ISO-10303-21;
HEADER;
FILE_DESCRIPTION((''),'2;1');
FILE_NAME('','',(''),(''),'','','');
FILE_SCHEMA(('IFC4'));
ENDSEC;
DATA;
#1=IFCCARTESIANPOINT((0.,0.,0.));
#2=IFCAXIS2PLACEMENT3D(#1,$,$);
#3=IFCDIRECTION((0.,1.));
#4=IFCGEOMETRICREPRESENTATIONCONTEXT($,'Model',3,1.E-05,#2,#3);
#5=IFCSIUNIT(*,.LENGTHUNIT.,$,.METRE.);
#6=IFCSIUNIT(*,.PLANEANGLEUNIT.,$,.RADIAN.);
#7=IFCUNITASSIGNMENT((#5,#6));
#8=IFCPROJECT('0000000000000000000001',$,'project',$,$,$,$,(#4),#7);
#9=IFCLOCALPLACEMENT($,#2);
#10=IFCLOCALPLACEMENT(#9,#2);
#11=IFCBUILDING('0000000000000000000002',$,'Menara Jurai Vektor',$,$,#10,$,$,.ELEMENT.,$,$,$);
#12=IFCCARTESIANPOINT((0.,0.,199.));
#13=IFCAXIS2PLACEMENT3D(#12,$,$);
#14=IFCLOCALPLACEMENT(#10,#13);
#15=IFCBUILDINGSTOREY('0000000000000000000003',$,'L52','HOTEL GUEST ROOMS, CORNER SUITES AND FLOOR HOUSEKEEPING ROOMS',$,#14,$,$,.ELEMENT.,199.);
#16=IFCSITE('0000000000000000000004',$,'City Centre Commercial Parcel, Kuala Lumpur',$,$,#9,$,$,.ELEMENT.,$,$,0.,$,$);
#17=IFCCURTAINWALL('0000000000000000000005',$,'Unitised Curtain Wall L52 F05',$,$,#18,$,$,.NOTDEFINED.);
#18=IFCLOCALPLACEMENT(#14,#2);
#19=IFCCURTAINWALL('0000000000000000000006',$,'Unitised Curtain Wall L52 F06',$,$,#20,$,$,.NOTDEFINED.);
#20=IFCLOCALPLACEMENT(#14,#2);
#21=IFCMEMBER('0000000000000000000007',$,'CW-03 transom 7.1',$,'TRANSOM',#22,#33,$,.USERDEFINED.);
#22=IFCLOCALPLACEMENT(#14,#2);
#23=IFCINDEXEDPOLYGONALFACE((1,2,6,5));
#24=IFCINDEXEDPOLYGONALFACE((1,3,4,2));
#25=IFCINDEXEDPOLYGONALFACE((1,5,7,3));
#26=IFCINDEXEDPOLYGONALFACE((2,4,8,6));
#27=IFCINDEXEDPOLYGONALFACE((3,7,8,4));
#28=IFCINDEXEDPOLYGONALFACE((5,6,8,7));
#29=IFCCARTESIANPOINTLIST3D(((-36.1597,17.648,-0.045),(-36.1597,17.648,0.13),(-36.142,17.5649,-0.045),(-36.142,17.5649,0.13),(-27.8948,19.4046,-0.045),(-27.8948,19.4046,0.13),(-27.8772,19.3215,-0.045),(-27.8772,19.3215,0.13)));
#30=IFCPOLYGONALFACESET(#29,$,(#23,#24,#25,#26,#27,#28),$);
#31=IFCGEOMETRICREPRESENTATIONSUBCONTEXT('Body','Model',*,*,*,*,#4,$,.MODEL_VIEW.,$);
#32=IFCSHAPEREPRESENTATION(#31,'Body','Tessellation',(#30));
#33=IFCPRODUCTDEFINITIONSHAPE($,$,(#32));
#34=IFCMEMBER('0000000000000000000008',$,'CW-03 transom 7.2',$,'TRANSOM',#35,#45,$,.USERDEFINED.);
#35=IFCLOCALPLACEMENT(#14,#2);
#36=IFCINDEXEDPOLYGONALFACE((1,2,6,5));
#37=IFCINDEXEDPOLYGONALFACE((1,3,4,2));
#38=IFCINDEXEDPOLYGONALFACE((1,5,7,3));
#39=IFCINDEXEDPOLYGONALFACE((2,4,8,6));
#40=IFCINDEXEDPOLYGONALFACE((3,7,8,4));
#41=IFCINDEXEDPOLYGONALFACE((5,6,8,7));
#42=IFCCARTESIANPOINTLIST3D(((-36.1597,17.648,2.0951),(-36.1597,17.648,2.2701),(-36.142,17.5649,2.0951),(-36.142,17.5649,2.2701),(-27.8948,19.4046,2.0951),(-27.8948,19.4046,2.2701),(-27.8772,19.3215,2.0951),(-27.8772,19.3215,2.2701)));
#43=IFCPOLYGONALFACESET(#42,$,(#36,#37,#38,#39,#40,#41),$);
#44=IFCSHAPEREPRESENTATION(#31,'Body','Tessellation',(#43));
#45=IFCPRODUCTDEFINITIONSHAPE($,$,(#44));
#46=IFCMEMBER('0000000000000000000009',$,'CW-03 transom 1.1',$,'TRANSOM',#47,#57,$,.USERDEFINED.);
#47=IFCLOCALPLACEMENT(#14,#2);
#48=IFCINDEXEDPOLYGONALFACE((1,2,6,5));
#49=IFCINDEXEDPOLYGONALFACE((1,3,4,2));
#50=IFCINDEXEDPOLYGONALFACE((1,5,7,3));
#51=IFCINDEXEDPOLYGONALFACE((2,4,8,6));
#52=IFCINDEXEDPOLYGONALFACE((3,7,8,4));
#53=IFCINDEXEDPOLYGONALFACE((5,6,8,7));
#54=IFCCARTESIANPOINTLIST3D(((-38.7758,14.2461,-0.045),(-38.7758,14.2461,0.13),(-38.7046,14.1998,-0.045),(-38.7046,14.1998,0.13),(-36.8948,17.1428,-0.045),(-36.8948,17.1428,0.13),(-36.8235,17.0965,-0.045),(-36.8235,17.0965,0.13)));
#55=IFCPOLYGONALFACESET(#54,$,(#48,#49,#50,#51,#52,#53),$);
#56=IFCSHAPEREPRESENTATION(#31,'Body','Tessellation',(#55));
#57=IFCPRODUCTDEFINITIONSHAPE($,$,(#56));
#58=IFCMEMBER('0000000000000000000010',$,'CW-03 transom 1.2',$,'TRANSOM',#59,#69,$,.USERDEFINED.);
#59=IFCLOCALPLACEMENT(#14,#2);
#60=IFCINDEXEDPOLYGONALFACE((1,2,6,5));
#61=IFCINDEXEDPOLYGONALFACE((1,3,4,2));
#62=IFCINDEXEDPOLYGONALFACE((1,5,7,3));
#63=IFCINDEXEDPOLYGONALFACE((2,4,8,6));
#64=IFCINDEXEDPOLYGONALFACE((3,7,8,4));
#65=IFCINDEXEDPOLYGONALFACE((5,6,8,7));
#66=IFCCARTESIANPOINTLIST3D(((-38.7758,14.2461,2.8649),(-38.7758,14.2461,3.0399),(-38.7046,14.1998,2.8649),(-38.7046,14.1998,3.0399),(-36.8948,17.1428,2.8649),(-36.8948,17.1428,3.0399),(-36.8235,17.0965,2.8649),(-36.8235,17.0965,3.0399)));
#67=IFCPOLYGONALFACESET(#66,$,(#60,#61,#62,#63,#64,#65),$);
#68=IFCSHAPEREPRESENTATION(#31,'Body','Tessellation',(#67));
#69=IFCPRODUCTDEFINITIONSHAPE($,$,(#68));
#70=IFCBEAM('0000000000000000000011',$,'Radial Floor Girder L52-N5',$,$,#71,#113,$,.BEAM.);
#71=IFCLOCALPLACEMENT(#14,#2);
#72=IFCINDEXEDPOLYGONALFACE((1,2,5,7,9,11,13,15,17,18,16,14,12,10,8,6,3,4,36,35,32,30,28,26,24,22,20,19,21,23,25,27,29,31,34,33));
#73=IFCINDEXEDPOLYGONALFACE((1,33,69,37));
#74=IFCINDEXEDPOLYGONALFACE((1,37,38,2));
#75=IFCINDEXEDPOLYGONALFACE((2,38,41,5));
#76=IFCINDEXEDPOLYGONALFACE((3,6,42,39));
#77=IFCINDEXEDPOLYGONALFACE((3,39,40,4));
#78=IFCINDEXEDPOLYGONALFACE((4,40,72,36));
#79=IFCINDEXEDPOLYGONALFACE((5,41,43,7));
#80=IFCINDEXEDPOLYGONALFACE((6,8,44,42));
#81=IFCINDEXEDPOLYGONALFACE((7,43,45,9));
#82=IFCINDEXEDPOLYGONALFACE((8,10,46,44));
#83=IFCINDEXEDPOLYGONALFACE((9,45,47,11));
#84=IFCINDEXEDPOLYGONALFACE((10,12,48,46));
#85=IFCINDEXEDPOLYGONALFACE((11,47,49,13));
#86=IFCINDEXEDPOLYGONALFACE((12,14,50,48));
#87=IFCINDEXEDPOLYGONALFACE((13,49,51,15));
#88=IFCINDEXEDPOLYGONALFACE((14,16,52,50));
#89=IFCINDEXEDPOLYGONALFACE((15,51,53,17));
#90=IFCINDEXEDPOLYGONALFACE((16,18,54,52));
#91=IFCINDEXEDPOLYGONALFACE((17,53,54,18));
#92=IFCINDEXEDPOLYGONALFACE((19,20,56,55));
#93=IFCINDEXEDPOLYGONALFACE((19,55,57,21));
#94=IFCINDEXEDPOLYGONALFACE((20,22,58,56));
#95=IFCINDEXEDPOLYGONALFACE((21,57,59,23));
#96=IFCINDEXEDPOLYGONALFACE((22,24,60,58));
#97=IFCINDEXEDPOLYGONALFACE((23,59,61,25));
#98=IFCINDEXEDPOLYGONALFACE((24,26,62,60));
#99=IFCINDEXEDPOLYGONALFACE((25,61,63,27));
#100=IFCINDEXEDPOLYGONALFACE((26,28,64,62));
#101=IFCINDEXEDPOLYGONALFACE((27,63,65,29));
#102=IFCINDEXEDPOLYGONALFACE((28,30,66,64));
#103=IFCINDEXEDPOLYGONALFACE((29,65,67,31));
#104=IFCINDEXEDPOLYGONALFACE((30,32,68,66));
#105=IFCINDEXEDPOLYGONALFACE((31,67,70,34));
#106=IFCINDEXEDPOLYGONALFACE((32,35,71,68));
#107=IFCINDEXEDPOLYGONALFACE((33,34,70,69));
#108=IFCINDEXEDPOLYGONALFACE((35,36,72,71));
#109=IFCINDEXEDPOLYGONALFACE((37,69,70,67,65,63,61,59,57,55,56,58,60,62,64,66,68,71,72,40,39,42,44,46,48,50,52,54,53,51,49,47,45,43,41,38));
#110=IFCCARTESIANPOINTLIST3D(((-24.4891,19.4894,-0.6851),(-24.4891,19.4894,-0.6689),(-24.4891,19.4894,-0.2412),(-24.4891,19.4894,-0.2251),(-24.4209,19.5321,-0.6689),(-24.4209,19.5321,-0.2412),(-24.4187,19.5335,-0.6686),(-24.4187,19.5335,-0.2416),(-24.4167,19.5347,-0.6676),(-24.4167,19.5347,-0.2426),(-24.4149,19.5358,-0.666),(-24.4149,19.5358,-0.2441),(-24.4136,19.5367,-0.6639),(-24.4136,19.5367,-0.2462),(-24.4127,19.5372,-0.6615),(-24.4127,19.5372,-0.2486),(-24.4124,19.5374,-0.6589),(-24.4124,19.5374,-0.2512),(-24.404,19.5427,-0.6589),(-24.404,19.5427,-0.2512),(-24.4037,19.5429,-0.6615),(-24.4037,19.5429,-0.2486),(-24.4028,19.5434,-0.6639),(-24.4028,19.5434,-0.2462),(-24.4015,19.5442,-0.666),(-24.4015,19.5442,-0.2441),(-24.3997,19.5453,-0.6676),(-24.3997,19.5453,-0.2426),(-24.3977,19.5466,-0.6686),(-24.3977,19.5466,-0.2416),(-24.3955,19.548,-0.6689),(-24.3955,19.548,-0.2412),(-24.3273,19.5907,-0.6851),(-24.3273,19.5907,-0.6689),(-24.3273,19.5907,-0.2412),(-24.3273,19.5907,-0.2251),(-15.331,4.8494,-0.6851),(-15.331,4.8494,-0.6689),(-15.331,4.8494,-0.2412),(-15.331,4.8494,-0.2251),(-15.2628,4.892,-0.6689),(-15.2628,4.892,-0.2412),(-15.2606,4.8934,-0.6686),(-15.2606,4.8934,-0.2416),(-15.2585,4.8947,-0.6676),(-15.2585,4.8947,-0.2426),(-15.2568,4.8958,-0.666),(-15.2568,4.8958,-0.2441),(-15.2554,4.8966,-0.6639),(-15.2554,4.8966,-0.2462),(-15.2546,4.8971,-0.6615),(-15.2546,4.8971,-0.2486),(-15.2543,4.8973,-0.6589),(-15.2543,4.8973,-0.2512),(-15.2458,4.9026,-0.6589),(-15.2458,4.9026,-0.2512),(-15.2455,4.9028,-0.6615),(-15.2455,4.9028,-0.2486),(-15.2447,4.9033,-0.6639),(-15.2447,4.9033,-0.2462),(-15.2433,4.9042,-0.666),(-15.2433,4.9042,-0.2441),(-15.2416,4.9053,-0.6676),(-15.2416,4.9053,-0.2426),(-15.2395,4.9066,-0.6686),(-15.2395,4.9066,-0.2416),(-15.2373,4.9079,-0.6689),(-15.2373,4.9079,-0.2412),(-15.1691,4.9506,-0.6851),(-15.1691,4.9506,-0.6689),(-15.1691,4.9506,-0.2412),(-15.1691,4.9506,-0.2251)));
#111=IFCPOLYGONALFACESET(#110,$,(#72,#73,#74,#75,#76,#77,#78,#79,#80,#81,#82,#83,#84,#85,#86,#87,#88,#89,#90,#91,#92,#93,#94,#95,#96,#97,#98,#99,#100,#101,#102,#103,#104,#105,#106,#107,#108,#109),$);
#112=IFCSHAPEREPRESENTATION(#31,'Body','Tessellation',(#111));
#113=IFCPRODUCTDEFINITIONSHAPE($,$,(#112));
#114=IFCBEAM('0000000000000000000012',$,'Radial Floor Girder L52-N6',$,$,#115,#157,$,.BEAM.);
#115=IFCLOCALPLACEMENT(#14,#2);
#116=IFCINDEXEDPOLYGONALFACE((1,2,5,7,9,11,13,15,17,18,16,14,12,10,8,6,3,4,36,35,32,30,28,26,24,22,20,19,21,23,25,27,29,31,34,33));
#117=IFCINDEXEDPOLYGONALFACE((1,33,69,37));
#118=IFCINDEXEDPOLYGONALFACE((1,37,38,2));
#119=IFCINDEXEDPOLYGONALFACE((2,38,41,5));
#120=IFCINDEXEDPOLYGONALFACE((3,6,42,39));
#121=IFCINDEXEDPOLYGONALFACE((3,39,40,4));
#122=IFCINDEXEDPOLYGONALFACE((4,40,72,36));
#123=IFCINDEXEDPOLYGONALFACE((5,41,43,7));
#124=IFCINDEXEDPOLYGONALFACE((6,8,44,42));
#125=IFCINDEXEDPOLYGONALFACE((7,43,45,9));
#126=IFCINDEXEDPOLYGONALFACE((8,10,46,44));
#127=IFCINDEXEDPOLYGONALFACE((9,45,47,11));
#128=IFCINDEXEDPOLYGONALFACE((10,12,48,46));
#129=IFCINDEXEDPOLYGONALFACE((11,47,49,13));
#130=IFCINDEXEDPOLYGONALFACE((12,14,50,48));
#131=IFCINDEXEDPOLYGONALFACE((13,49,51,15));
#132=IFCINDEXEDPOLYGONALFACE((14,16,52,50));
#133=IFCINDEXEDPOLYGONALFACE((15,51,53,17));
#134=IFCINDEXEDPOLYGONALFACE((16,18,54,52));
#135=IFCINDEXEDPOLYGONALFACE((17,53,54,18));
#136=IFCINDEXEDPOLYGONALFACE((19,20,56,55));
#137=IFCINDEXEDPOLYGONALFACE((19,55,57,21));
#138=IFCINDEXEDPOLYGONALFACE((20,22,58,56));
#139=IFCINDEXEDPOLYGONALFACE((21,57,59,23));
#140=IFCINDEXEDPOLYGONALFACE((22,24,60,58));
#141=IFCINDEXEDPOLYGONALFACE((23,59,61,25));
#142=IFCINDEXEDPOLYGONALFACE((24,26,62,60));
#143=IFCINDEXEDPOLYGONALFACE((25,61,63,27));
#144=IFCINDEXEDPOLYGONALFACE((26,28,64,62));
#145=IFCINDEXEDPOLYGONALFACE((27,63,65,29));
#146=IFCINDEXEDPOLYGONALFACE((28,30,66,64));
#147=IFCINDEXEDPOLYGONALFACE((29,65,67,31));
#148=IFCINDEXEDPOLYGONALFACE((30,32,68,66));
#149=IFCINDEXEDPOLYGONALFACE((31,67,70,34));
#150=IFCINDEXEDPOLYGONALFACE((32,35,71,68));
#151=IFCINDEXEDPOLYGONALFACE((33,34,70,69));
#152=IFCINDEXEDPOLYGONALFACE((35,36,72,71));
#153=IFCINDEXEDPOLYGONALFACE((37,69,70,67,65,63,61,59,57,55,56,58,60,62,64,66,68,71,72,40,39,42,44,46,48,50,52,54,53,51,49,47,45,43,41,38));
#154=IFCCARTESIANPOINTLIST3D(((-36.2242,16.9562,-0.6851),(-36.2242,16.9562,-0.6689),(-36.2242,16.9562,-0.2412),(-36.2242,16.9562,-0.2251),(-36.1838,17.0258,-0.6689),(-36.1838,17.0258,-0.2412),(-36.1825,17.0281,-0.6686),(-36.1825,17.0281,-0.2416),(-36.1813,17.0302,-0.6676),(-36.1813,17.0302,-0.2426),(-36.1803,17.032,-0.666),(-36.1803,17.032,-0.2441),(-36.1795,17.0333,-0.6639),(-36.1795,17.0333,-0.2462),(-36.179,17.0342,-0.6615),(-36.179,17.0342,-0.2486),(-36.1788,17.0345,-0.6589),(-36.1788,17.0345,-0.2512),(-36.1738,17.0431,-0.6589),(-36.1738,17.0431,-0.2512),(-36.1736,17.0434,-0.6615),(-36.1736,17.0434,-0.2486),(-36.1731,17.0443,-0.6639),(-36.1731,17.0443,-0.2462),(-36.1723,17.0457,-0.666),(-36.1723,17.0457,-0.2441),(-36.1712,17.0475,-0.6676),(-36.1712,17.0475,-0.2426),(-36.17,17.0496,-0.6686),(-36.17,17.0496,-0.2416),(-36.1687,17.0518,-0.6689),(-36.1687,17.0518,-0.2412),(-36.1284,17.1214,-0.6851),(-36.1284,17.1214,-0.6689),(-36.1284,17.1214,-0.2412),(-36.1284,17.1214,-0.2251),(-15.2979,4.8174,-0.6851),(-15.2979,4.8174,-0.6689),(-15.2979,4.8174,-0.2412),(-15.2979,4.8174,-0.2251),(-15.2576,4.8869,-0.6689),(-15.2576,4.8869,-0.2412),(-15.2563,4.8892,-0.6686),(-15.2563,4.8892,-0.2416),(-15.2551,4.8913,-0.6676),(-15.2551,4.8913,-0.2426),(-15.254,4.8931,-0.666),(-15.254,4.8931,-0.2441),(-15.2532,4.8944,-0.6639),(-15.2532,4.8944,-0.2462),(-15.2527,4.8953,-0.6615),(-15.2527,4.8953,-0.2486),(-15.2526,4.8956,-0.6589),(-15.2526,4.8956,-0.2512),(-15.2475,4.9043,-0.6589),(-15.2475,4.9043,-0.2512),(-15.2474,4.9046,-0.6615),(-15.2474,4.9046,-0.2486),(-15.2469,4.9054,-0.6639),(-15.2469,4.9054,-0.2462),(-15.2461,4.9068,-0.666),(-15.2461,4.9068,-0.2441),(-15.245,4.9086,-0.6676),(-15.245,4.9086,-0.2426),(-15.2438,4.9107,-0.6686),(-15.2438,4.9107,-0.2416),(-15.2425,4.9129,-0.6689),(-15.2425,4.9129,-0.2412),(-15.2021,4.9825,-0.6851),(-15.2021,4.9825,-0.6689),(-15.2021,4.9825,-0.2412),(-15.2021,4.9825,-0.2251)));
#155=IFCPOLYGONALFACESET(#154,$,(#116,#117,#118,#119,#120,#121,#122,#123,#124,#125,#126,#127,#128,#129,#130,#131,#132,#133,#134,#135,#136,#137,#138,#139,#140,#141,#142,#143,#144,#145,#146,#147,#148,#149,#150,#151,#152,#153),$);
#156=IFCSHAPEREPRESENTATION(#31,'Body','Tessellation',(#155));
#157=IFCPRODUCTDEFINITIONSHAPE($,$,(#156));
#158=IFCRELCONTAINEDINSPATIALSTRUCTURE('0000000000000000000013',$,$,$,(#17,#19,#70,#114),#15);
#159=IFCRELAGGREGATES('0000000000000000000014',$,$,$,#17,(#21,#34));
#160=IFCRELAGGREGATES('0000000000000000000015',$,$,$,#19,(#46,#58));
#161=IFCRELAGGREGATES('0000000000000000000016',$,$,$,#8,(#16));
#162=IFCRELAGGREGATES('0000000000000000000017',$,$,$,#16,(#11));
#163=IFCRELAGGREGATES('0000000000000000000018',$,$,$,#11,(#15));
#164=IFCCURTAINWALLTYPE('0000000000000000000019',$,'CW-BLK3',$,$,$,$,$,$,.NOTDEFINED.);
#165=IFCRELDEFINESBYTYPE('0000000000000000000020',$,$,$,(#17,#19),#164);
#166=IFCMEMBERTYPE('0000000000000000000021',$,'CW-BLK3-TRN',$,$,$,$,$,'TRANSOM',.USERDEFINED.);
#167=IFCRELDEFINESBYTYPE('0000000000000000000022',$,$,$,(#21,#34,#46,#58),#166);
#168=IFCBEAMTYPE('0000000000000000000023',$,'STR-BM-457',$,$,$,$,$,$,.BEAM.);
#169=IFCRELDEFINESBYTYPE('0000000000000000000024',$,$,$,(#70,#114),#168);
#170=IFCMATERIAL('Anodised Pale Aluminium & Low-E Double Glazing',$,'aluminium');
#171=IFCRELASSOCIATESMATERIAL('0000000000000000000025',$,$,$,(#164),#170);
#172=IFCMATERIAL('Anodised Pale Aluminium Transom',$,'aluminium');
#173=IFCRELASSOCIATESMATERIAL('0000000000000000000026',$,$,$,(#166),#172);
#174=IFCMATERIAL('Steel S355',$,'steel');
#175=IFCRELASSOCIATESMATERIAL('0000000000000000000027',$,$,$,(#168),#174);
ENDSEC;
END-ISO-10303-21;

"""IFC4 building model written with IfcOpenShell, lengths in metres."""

from ifc_helpers import new_model, si_unit, direction, frame, origin, origin_2d, place, context, subcontext, project, spatial, rectangle, i_section, extrude, material, material_profile, profile_set, type_object, element, aggregate, save


model = new_model("IFC4")

# Units and contexts
model_context = context("Model", 3, precision=1e-05, world=origin(), true_north=direction((0.0, 1.0)))
body_context = subcontext(model_context, "Body", "Model", "MODEL_VIEW")
ifc_project = project(units=[si_unit("LENGTHUNIT", "METRE"), si_unit("PLANEANGLEUNIT", "RADIAN")], contexts=[model_context])

# Site, building, storey
site_placement = place(None, origin())
site = spatial("IfcSite", under=ifc_project, at=site_placement, Name="City Centre Commercial Parcel, Kuala Lumpur", CompositionType="ELEMENT", RefElevation=0.0)
building_placement = place(site_placement, origin())
building = spatial("IfcBuilding", under=site, at=building_placement, Name="Menara Jurai Vektor", CompositionType="ELEMENT")
storey_placement = place(building_placement, frame((0.0, 0.0, 199.0)))
storey = spatial("IfcBuildingStorey", under=building, at=storey_placement, Name="L52", Description="HOTEL GUEST ROOMS, CORNER SUITES AND FLOOR HOUSEKEEPING ROOMS", CompositionType="ELEMENT", Elevation=199.0)

# Curtain walls
ifc_material_1 = material(Name="Anodised Pale Aluminium & Low-E Double Glazing", Category="aluminium")
curtain_wall_type = type_object("IfcCurtainWallType", Name="CW-BLK3", PredefinedType="NOTDEFINED", material=ifc_material_1)
curtain_wall_1_placement = place(storey_placement, origin())
curtain_wall_1 = element("IfcCurtainWall", 1, at=curtain_wall_1_placement, inside=storey, type_object=curtain_wall_type, Name="Unitised Curtain Wall L52 F05", PredefinedType="NOTDEFINED")
curtain_wall_2_placement = place(storey_placement, origin())
curtain_wall_2 = element("IfcCurtainWall", 2, at=curtain_wall_2_placement, inside=storey, type_object=curtain_wall_type, Name="Unitised Curtain Wall L52 F06", PredefinedType="NOTDEFINED")

# Members
ifc_material_2 = material(Name="Anodised Pale Aluminium Transom", Category="aluminium")
ifc_material_profile_1 = material_profile(ifc_material_2, rectangle(XDim=0.085, YDim=0.175, at=origin_2d()), Name="ALU TRN 85x175")
ifc_profile_set_1 = profile_set([ifc_material_profile_1], Name="Anodised Pale Aluminium Transom")
member_type_1 = type_object("IfcMemberType", Name="CW-BLK3-TRN", ElementType="TRANSOM", PredefinedType="USERDEFINED", material=ifc_profile_set_1)
member_1_placement = place(storey_placement, frame((-27.886, 19.363, 0.0425), z_axis=(-0.978152, -0.207893, 0.0), x_axis=(0.207893, -0.978152, 0.0)))
member_1 = element("IfcMember", 3, at=member_1_placement, type_object=member_type_1, Name="CW-03 transom 7.1", ObjectType="TRANSOM", PredefinedType="USERDEFINED", context=body_context, shape_type="SweptSolid", body=[
    extrude(rectangle(XDim=0.085, YDim=0.175, at=origin_2d()), origin(), (0.0, 0.0, 1.0), 8.4495),
])
member_2_placement = place(storey_placement, frame((-27.886, 19.363, 2.1826), z_axis=(-0.978152, -0.207893, 0.0), x_axis=(0.207893, -0.978152, 0.0)))
member_2 = element("IfcMember", 4, at=member_2_placement, type_object=member_type_1, Name="CW-03 transom 7.2", ObjectType="TRANSOM", PredefinedType="USERDEFINED", context=body_context, shape_type="SweptSolid", body=[
    extrude(rectangle(XDim=0.085, YDim=0.175, at=origin_2d()), origin(), (0.0, 0.0, 1.0), 8.4495),
])
member_3_placement = place(storey_placement, frame((-36.8591, 17.1196, 0.0425), z_axis=(-0.544628, -0.838678, 0.0), x_axis=(0.838678, -0.544628, 0.0)))
member_3 = element("IfcMember", 5, at=member_3_placement, type_object=member_type_1, Name="CW-03 transom 1.1", ObjectType="TRANSOM", PredefinedType="USERDEFINED", context=body_context, shape_type="SweptSolid", body=[
    extrude(rectangle(XDim=0.085, YDim=0.175, at=origin_2d()), origin(), (0.0, 0.0, 1.0), 3.4539),
])
member_4_placement = place(storey_placement, frame((-36.8591, 17.1196, 2.9524), z_axis=(-0.544628, -0.838678, 0.0), x_axis=(0.838678, -0.544628, 0.0)))
member_4 = element("IfcMember", 6, at=member_4_placement, type_object=member_type_1, Name="CW-03 transom 1.2", ObjectType="TRANSOM", PredefinedType="USERDEFINED", context=body_context, shape_type="SweptSolid", body=[
    extrude(rectangle(XDim=0.085, YDim=0.175, at=origin_2d()), origin(), (0.0, 0.0, 1.0), 3.4539),
])

# Beams
ifc_material_3 = material(Name="Steel S355", Category="steel")
ifc_material_profile_2 = material_profile(ifc_material_3, i_section(OverallWidth=0.1909, OverallDepth=0.46, WebThickness=0.01, FlangeThickness=0.0161, FilletRadius=0.01, at=origin_2d()), Name="UKB 457x191x82")
ifc_profile_set_2 = profile_set([ifc_material_profile_2], Name="Steel S355")
beam_type_1 = type_object("IfcBeamType", Name="STR-BM-457", PredefinedType="BEAM", material=ifc_profile_set_2)
beam_1_placement = place(storey_placement, frame((-24.4082, 19.54, -0.4551), z_axis=(0.530337, -0.847787, 0.0), x_axis=(0.847787, 0.530337, 0.0)))
element("IfcBeam", 7, at=beam_1_placement, inside=storey, type_object=beam_type_1, Name="Radial Floor Girder L52-N5", PredefinedType="BEAM", context=body_context, shape_type="SweptSolid", body=[
    extrude(i_section(OverallWidth=0.1909, OverallDepth=0.46, WebThickness=0.01, FlangeThickness=0.0161, FilletRadius=0.01, at=origin_2d()), origin(), (0.0, 0.0, 1.0), 17.2686),
])
beam_2_placement = place(storey_placement, frame((-36.1763, 17.0388, -0.4551), z_axis=(0.865001, -0.50177, 0.0), x_axis=(0.50177, 0.865001, 0.0)))
element("IfcBeam", 8, at=beam_2_placement, inside=storey, type_object=beam_type_1, Name="Radial Floor Girder L52-N6", PredefinedType="BEAM", context=body_context, shape_type="SweptSolid", body=[
    extrude(i_section(OverallWidth=0.1909, OverallDepth=0.46, WebThickness=0.01, FlangeThickness=0.0161, FilletRadius=0.01, at=origin_2d()), origin(), (0.0, 0.0, 1.0), 24.1921),
])

aggregate(curtain_wall_1, [member_1, member_2])
aggregate(curtain_wall_2, [member_3, member_4])

save(model, "model.ifc")
